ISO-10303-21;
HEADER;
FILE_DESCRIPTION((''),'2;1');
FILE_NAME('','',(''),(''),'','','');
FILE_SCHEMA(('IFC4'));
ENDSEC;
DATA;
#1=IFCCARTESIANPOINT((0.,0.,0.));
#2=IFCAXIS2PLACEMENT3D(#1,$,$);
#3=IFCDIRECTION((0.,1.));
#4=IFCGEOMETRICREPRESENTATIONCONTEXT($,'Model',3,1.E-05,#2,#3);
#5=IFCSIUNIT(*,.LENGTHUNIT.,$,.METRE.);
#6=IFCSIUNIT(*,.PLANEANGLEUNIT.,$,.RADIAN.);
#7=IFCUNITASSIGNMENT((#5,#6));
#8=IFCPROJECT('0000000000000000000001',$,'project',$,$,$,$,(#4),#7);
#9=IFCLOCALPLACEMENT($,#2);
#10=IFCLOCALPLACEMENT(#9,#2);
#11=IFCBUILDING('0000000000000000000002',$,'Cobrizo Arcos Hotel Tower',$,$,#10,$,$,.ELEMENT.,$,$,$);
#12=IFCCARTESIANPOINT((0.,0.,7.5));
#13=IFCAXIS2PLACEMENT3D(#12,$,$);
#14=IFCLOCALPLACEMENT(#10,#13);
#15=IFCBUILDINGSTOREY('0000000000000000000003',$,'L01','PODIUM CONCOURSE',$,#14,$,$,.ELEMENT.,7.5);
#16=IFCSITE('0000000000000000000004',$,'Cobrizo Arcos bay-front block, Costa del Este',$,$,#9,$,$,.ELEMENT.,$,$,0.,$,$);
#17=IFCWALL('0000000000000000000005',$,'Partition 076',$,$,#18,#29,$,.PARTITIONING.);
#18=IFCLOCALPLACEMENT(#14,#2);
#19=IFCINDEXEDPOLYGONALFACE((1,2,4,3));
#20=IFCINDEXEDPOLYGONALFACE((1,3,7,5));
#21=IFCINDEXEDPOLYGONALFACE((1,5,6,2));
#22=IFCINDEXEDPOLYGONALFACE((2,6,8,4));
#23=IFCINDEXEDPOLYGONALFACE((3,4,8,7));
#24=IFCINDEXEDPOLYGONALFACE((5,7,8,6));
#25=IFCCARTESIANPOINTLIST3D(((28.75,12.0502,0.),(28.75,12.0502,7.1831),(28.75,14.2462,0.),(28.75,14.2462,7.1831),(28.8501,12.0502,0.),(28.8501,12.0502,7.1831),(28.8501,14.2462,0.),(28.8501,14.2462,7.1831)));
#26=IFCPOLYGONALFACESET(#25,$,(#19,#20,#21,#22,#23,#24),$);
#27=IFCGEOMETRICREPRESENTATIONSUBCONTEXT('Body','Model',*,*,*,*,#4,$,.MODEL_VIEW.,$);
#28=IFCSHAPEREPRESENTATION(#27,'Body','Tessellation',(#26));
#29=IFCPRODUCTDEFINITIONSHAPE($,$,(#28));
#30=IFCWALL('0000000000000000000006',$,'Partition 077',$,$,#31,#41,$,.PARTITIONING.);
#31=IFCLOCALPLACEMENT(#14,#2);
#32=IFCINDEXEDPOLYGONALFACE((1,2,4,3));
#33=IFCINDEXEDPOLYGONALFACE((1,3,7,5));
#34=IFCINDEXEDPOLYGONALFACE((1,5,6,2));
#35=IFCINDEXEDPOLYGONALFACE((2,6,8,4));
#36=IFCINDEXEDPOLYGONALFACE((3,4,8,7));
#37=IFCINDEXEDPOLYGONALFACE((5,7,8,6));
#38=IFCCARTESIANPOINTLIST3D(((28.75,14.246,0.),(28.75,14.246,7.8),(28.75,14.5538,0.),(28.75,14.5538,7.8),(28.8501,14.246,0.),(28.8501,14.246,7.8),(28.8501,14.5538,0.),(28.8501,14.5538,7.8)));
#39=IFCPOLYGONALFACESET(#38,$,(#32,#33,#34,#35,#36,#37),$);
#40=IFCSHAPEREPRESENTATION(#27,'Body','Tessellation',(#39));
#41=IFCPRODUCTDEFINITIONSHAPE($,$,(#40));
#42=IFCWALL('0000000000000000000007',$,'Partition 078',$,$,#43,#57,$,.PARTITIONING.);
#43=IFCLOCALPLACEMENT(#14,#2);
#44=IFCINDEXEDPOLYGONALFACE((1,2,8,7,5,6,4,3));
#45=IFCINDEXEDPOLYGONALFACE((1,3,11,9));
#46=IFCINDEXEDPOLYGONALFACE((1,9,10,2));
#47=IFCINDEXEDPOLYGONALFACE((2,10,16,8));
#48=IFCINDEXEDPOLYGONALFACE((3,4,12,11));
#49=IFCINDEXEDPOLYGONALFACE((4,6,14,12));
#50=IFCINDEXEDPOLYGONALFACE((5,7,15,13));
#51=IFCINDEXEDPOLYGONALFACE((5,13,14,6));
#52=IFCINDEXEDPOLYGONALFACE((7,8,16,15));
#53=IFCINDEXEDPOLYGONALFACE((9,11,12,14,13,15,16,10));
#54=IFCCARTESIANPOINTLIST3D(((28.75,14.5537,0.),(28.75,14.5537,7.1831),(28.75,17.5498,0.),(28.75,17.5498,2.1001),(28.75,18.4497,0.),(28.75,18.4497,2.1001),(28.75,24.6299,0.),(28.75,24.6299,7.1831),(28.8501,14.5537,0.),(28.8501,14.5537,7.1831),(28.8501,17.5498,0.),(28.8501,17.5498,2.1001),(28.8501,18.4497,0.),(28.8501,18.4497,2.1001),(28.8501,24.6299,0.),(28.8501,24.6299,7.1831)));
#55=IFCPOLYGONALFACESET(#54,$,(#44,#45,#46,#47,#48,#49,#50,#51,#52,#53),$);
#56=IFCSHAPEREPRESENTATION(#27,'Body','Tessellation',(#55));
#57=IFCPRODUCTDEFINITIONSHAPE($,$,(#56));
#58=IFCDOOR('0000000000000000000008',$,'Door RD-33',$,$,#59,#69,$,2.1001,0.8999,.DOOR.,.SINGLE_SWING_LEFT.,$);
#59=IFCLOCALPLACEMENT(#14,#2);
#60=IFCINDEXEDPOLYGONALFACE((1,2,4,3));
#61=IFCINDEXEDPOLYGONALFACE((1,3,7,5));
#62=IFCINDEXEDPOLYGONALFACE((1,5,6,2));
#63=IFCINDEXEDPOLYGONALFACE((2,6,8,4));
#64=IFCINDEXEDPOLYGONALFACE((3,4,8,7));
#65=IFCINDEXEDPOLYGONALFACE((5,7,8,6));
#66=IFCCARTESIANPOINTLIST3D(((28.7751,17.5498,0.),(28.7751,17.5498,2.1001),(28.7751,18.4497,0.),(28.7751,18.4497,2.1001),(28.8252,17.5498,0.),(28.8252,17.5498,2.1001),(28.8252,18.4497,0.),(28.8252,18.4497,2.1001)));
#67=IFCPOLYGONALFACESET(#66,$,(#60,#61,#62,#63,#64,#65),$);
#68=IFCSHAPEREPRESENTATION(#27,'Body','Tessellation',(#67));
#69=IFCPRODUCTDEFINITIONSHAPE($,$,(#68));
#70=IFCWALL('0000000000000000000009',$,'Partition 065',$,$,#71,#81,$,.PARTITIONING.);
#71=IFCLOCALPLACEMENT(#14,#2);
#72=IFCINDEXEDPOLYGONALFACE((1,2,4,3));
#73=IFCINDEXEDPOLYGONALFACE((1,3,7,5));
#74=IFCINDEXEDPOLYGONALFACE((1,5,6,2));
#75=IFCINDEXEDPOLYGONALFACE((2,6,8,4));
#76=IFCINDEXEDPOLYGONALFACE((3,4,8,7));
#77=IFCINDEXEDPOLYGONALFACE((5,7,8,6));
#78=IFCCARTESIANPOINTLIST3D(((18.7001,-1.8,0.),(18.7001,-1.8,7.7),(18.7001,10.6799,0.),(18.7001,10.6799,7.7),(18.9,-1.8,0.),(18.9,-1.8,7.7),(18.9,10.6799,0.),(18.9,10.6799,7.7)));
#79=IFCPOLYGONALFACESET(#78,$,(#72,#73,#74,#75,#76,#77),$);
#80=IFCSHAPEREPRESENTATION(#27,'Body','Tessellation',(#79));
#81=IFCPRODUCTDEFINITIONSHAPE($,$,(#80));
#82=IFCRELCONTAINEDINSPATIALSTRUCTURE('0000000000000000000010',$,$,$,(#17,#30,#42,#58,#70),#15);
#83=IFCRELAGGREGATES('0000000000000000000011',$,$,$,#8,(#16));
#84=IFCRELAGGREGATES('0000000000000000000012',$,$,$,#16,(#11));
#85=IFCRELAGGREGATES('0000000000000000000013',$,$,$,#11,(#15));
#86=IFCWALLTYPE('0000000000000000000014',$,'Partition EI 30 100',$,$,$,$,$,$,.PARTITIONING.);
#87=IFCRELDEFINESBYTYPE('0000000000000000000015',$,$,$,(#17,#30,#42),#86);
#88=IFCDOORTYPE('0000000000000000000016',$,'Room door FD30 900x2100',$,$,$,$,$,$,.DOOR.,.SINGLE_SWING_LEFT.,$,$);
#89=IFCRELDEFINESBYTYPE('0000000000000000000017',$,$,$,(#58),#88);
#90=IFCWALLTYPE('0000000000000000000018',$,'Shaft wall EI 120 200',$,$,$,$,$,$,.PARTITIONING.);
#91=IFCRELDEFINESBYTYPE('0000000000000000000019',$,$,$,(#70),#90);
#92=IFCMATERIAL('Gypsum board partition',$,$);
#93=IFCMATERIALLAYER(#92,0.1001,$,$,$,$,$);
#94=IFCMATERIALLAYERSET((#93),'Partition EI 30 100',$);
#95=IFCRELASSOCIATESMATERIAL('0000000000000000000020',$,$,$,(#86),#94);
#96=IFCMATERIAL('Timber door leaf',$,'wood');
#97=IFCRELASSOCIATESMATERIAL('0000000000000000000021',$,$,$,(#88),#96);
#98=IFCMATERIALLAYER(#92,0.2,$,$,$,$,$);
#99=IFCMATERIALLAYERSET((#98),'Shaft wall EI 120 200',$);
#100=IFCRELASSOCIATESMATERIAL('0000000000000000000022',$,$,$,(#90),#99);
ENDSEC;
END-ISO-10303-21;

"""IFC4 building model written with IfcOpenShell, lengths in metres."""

from ifc_helpers import new_model, si_unit, direction, frame, frame_2d, origin, place, context, subcontext, project, spatial, rectangle, extrude, material, layer, layer_set, type_object, element, fill, save


model = new_model("IFC4")

# Units and contexts
model_context = context("Model", 3, precision=1e-05, world=origin(), true_north=direction((0.0, 1.0)))
body_context = subcontext(model_context, "Body", "Model", "MODEL_VIEW")
ifc_project = project(units=[si_unit("LENGTHUNIT", "METRE"), si_unit("PLANEANGLEUNIT", "RADIAN")], contexts=[model_context])

# Site, building, storey
site_placement = place(None, origin())
site = spatial("IfcSite", under=ifc_project, at=site_placement, Name="Cobrizo Arcos bay-front block, Costa del Este", CompositionType="ELEMENT", RefElevation=0.0)
building_placement = place(site_placement, origin())
building = spatial("IfcBuilding", under=site, at=building_placement, Name="Cobrizo Arcos Hotel Tower", CompositionType="ELEMENT")
storey_placement = place(building_placement, frame((0.0, 0.0, 7.5)))
storey = spatial("IfcBuildingStorey", under=building, at=storey_placement, Name="L01", Description="PODIUM CONCOURSE", CompositionType="ELEMENT", Elevation=7.5)

# Shared definitions
ifc_material_1 = material(Name="Gypsum board partition")
ifc_layer_1 = layer(ifc_material_1, 0.1001)
ifc_layer_set_1 = layer_set([ifc_layer_1], Name="Partition EI 30 100")
wall_type_1 = type_object("IfcWallType", Name="Partition EI 30 100", PredefinedType="PARTITIONING", material=ifc_layer_set_1)

# Shared definitions
ifc_material_2 = material(Name="Timber door leaf", Category="wood")
door_type = type_object("IfcDoorType", Name="Room door FD30 900x2100", OperationType="SINGLE_SWING_LEFT", PredefinedType="DOOR", material=ifc_material_2)

# Walls
wall_1_placement = place(storey_placement, frame((28.8, 12.05, 0.0), z_axis=(0.0, 0.0, 1.0), x_axis=(0.0, 1.0, 0.0)))
element("IfcWall", 1, at=wall_1_placement, inside=storey, type_object=wall_type_1, Name="Partition 076", PredefinedType="PARTITIONING", context=body_context, shape_type="SweptSolid", body=[
    extrude(rectangle(XDim=2.196, YDim=0.1001, at=frame_2d((1.0981, 0.0))), origin(), (0.0, 0.0, 1.0), 7.1831),
])
wall_2_placement = place(storey_placement, frame((28.8, 14.2461, 0.0), z_axis=(0.0, 0.0, 1.0), x_axis=(0.0, 1.0, 0.0)))
element("IfcWall", 2, at=wall_2_placement, inside=storey, type_object=wall_type_1, Name="Partition 077", PredefinedType="PARTITIONING", context=body_context, shape_type="SweptSolid", body=[
    extrude(rectangle(XDim=0.3079, YDim=0.1001, at=frame_2d((0.1538, 0.0))), origin(), (0.0, 0.0, 1.0), 7.8),
])

# Wall, opening, door
wall_3_placement = place(storey_placement, frame((28.8, 14.5537, 0.0), z_axis=(0.0, 0.0, 1.0), x_axis=(0.0, 1.0, 0.0)))
wall_3 = element("IfcWall", 3, at=wall_3_placement, inside=storey, type_object=wall_type_1, Name="Partition 078", PredefinedType="PARTITIONING", context=body_context, shape_type="SweptSolid", body=[
    extrude(rectangle(XDim=10.0762, YDim=0.1001, at=frame_2d((5.0381, 0.0))), origin(), (0.0, 0.0, 1.0), 7.1831),
])
opening_1_placement = place(wall_3_placement, frame((2.9961, 0.0, 0.0)))
opening_1 = element("IfcOpeningElement", 4, at=opening_1_placement, cuts=wall_3, PredefinedType="OPENING", context=body_context, shape_type="SweptSolid", body=[
    extrude(rectangle(XDim=0.8999, YDim=2.1001, at=frame_2d((0.45, 1.05))), frame((0.0, 0.062, 0.0), z_axis=(0.0, -1.0, 0.0), x_axis=(1.0, 0.0, 0.0)), (0.0, 0.0, 1.0), 0.124),
])
door_1_placement = place(opening_1_placement, origin())
door_1 = element("IfcDoor", 5, at=door_1_placement, inside=storey, type_object=door_type, Name="Door RD-33", OperationType="SINGLE_SWING_LEFT", OverallHeight=2.1001, OverallWidth=0.8999, PredefinedType="DOOR", context=body_context, shape_type="SweptSolid", body=[
    extrude(rectangle(XDim=0.8999, YDim=2.1001, at=frame_2d((0.45, 1.05))), frame((0.0, 0.0249, 0.0), z_axis=(0.0, -1.0, 0.0), x_axis=(1.0, 0.0, 0.0)), (0.0, 0.0, 1.0), 0.05),
])
fill(opening_1, door_1)

# Wall
ifc_layer_2 = layer(ifc_material_1, 0.2)
ifc_layer_set_2 = layer_set([ifc_layer_2], Name="Shaft wall EI 120 200")
wall_type_2 = type_object("IfcWallType", Name="Shaft wall EI 120 200", PredefinedType="PARTITIONING", material=ifc_layer_set_2)
wall_4_placement = place(storey_placement, frame((18.8, -1.8, 0.0), z_axis=(0.0, 0.0, 1.0), x_axis=(0.0, 1.0, 0.0)))
element("IfcWall", 6, at=wall_4_placement, inside=storey, type_object=wall_type_2, Name="Partition 065", PredefinedType="PARTITIONING", context=body_context, shape_type="SweptSolid", body=[
    extrude(rectangle(XDim=12.48, YDim=0.2, at=frame_2d((6.24, 0.0))), origin(), (0.0, 0.0, 1.0), 7.7),
])

save(model, "model.ifc")
